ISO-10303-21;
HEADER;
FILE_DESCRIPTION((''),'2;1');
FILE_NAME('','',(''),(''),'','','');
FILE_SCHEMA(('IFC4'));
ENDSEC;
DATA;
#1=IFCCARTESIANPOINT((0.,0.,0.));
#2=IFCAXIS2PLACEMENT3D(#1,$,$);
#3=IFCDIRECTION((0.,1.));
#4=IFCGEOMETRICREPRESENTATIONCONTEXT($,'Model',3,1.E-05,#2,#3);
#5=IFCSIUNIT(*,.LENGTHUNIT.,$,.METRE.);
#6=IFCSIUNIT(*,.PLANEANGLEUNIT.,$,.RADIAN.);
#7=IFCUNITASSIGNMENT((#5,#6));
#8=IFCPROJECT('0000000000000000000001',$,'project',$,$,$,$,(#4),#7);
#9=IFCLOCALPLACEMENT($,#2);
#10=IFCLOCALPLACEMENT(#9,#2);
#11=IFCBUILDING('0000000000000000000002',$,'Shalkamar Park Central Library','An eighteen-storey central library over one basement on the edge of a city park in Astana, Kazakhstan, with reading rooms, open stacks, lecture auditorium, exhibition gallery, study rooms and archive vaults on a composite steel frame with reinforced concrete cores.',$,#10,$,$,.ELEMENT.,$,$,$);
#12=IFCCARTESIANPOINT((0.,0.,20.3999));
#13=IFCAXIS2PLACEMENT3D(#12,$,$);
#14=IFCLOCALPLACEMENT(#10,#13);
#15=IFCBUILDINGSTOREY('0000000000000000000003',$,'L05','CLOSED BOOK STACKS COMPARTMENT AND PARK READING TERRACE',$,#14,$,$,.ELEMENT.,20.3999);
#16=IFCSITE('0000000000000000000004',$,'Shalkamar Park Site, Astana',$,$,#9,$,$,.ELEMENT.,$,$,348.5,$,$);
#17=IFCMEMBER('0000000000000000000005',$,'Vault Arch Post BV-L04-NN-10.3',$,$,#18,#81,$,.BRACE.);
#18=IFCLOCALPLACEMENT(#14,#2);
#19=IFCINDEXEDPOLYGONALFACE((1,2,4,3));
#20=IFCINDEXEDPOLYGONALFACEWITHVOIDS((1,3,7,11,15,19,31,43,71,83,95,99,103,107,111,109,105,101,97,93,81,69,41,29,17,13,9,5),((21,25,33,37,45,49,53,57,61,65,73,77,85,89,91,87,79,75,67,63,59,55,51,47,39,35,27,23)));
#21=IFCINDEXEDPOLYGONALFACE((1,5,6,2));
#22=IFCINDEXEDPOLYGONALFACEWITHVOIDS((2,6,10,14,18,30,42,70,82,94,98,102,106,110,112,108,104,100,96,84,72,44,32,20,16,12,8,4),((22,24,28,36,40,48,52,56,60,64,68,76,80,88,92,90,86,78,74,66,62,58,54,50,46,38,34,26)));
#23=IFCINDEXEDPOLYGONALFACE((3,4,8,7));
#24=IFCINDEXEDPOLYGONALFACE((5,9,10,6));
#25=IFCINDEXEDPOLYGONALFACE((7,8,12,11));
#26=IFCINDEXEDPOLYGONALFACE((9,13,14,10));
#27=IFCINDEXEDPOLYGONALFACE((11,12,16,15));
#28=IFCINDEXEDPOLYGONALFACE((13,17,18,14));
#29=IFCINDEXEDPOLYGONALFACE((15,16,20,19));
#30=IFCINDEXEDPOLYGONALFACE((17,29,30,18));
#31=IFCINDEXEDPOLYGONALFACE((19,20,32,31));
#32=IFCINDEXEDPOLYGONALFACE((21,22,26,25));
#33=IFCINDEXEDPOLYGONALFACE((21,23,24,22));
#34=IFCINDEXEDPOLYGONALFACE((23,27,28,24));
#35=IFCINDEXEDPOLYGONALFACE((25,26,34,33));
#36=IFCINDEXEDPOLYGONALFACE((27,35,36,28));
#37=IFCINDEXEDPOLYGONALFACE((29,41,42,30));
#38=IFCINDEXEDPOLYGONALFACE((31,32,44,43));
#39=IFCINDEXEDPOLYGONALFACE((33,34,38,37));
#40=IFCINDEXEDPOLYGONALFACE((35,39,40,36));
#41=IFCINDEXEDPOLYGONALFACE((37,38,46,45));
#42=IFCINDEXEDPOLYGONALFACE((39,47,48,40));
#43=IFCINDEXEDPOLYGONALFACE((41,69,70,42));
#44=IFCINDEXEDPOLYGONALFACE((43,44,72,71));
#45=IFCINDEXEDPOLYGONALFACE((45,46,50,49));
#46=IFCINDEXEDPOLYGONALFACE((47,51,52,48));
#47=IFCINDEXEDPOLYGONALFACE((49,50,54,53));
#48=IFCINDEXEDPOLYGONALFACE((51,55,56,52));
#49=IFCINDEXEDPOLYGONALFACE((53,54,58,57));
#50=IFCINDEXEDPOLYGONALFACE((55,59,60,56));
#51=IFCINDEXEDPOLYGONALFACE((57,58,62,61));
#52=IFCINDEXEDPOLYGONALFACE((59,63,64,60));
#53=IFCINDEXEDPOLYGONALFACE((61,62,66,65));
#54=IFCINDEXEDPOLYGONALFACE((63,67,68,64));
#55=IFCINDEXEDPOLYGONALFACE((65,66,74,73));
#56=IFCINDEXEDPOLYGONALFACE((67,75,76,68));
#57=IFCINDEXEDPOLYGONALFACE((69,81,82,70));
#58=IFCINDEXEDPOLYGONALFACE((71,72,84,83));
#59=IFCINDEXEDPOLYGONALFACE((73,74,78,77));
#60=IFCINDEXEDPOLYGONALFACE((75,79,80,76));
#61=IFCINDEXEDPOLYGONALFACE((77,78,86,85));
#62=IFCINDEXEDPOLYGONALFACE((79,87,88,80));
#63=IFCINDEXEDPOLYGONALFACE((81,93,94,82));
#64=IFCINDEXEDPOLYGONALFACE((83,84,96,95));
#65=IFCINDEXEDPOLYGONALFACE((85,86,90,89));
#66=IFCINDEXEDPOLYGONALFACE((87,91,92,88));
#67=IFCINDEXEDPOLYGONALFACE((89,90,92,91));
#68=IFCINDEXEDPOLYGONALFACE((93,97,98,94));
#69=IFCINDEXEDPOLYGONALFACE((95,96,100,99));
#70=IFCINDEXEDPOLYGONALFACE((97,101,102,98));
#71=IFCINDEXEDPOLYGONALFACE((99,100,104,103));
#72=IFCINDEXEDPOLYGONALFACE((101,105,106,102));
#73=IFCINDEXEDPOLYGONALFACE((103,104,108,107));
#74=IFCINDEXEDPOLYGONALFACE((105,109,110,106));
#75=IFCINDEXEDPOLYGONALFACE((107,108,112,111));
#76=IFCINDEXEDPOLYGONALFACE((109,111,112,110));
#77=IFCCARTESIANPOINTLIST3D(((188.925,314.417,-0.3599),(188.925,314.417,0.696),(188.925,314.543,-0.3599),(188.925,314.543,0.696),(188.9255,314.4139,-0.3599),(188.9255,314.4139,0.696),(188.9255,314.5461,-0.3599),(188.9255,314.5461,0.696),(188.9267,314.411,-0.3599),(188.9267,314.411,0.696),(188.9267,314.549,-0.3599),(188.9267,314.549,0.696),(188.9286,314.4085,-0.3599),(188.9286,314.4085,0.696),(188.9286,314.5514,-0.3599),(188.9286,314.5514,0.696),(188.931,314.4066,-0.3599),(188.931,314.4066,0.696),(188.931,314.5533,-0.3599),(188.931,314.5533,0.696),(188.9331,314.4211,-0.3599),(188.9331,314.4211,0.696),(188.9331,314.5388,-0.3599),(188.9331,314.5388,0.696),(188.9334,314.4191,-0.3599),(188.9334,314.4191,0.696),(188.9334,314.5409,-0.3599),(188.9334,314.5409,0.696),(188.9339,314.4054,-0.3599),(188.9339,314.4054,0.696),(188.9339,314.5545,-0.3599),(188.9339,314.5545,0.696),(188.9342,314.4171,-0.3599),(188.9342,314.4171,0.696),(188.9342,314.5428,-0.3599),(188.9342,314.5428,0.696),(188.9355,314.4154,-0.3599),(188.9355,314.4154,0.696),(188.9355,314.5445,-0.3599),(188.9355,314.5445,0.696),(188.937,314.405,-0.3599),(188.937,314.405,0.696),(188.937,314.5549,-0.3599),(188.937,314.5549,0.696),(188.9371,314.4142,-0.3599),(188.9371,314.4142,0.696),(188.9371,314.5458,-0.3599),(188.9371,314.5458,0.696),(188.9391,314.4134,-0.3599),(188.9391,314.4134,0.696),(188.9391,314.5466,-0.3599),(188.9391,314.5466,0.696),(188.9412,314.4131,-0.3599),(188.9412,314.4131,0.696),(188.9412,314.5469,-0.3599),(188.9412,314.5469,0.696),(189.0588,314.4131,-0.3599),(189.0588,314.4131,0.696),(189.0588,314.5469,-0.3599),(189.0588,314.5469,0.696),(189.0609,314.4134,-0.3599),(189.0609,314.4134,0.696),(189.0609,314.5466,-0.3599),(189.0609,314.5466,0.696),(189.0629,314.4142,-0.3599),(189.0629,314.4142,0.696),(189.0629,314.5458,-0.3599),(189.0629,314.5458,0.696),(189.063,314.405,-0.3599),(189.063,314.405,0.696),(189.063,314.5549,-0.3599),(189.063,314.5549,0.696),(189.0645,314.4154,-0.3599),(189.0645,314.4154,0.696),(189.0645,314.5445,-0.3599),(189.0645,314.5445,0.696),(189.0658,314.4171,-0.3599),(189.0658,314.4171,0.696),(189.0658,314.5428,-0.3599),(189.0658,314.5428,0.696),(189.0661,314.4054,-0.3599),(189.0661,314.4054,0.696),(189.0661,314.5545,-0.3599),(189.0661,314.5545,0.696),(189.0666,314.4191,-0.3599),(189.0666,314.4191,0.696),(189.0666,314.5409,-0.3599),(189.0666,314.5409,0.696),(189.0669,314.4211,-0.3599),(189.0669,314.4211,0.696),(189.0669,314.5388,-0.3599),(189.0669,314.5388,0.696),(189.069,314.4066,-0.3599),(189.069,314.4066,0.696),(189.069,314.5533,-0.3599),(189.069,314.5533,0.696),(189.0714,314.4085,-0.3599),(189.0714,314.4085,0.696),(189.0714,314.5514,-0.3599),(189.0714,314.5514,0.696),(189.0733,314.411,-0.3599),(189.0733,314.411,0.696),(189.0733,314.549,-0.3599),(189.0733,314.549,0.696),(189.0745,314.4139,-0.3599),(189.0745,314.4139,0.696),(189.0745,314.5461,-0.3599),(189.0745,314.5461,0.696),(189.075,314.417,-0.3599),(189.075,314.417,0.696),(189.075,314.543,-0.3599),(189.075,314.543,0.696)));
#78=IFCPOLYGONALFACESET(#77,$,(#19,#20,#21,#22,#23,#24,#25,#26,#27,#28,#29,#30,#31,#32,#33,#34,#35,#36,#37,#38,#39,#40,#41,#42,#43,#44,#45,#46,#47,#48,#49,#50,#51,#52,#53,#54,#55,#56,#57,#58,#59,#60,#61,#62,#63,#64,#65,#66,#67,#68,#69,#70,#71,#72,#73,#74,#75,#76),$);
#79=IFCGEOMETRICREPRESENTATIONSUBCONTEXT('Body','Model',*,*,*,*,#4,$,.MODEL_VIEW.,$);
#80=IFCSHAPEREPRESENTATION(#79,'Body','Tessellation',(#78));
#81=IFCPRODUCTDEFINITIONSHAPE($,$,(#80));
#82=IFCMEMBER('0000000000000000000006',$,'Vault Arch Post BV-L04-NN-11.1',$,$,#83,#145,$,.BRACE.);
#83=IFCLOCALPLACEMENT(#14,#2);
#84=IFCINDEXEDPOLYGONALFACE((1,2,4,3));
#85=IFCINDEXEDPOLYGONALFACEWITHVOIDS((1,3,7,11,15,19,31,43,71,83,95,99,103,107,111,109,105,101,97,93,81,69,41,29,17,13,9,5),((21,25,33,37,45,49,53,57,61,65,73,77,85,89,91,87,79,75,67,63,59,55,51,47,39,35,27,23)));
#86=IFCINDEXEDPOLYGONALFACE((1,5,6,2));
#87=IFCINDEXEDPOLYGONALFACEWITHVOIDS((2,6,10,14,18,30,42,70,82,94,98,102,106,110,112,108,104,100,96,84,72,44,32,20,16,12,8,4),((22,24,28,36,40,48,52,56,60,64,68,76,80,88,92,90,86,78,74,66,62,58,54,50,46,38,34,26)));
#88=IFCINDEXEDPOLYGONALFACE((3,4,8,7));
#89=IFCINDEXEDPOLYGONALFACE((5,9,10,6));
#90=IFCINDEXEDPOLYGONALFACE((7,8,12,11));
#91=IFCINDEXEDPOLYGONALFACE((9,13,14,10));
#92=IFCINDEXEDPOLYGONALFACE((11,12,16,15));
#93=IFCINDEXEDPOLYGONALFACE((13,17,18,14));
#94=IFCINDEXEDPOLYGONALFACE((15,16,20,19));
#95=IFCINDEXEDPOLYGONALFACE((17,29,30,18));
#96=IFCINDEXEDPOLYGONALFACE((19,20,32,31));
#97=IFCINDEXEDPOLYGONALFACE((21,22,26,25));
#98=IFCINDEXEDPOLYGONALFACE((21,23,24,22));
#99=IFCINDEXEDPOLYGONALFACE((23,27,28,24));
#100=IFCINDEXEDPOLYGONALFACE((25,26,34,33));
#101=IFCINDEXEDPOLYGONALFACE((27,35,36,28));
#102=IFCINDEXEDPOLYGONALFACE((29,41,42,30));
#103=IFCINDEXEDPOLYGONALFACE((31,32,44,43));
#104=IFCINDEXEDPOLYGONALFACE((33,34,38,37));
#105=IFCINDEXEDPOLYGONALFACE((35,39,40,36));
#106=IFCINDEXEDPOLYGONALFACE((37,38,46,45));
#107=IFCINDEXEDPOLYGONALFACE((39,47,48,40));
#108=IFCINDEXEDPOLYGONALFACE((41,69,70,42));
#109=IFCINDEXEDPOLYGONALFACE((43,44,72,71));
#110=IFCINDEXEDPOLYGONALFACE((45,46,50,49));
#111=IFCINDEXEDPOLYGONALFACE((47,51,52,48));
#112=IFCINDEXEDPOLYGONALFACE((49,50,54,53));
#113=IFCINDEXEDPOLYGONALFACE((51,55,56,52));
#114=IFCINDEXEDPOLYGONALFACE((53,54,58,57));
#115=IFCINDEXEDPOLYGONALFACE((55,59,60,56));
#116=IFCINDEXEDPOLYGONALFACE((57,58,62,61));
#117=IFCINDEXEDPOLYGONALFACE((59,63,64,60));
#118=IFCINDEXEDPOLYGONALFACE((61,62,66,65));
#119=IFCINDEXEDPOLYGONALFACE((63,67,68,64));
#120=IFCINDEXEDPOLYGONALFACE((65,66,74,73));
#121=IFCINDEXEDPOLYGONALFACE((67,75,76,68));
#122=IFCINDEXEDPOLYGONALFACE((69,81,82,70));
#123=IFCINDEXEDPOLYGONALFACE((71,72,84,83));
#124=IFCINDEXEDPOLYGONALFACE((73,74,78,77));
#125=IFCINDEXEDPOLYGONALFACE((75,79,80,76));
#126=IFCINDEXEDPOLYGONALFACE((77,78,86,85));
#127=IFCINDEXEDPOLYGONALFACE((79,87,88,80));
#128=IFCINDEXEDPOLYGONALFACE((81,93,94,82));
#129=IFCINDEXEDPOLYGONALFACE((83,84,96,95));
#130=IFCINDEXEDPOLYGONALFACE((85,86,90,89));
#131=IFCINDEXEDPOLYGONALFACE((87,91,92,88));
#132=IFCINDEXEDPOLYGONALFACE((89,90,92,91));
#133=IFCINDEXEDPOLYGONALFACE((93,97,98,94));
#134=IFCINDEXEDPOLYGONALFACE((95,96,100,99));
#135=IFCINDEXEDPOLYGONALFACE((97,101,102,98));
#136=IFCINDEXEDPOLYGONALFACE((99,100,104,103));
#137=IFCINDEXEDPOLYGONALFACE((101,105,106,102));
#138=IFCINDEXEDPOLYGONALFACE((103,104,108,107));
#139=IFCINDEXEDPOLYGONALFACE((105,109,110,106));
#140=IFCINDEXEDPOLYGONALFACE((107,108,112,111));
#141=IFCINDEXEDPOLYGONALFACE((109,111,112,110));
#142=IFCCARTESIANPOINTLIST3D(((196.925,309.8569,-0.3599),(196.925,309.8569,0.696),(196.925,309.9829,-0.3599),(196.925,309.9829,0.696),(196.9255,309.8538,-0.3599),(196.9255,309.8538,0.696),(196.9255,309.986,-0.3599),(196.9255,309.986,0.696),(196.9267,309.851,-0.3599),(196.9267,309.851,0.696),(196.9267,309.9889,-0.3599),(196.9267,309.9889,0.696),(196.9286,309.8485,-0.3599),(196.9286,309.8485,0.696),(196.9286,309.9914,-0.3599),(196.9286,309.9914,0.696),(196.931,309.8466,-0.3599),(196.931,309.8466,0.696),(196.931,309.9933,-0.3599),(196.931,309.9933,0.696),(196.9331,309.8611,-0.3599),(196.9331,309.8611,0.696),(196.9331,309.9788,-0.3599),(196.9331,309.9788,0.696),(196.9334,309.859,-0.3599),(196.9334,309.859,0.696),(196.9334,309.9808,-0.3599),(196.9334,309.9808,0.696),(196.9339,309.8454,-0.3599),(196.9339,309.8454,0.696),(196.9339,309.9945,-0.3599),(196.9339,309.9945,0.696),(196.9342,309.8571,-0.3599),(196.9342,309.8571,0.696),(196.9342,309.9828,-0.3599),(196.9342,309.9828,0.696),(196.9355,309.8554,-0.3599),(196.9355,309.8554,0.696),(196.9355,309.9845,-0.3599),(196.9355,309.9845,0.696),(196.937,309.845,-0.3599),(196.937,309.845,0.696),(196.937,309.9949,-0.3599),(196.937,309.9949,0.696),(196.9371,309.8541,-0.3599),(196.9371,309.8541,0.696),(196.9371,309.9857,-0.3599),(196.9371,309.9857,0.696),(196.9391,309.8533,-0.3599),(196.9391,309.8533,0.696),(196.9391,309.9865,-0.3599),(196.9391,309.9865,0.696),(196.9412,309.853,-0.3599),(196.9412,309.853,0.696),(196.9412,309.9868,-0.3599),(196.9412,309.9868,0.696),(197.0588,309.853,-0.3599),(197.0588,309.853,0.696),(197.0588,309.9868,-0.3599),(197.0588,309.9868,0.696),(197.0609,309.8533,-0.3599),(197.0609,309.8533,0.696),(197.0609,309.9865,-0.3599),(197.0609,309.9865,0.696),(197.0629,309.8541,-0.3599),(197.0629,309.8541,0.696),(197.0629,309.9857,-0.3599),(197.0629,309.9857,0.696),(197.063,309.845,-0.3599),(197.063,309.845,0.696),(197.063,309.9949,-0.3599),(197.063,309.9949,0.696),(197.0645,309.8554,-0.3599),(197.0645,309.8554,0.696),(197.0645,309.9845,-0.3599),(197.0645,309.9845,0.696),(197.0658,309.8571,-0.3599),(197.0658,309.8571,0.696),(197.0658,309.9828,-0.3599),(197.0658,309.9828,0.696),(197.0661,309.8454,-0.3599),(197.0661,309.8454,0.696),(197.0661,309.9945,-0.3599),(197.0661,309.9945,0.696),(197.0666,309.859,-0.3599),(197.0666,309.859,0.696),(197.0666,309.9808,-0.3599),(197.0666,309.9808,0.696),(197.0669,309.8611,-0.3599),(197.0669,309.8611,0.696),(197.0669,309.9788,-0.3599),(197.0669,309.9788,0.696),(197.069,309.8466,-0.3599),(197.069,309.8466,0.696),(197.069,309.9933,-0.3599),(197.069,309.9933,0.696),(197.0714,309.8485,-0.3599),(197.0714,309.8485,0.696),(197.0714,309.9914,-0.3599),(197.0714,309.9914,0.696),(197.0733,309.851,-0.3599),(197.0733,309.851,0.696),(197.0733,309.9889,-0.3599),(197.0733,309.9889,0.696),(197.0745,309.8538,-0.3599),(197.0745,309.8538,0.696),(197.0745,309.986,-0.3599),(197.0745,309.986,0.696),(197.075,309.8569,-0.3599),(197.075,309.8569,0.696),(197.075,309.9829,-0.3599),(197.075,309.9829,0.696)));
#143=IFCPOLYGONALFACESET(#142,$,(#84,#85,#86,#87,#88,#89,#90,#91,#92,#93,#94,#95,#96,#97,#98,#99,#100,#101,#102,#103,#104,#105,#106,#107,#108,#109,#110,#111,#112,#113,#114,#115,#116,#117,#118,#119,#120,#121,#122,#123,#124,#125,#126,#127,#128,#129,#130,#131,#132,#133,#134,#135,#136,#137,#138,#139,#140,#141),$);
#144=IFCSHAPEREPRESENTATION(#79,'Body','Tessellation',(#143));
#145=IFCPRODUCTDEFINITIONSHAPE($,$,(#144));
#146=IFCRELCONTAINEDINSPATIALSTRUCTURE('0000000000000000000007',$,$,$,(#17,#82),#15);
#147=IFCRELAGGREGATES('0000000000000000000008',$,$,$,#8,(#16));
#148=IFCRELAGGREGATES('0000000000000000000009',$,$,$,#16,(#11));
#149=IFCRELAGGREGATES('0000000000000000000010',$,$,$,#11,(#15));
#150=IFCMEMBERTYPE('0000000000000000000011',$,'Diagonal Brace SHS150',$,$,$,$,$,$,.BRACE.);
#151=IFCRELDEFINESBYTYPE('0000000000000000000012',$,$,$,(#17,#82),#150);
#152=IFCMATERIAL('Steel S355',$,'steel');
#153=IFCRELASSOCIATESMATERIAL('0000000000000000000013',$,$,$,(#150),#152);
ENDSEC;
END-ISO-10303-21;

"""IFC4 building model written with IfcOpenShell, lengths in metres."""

from ifc_helpers import new_model, si_unit, direction, frame, origin, origin_2d, place, context, subcontext, project, spatial, hollow_rectangle, extrude, material, material_profile, profile_set, type_object, element, save


model = new_model("IFC4")

# Units and contexts
model_context = context("Model", 3, precision=1e-05, world=origin(), true_north=direction((0.0, 1.0)))
body_context = subcontext(model_context, "Body", "Model", "MODEL_VIEW")
ifc_project = project(units=[si_unit("LENGTHUNIT", "METRE"), si_unit("PLANEANGLEUNIT", "RADIAN")], contexts=[model_context])

# Site, building, storey
site_placement = place(None, origin())
site = spatial("IfcSite", under=ifc_project, at=site_placement, Name="Shalkamar Park Site, Astana", CompositionType="ELEMENT", RefElevation=348.5)
building_placement = place(site_placement, origin())
building = spatial("IfcBuilding", under=site, at=building_placement, Name="Shalkamar Park Central Library", Description="An eighteen-storey central library over one basement on the edge of a city park in Astana, Kazakhstan, with reading rooms, open stacks, lecture auditorium, exhibition gallery, study rooms and archive vaults on a composite steel frame with reinforced concrete cores.", CompositionType="ELEMENT")
storey_placement = place(building_placement, frame((0.0, 0.0, 20.3999)))
storey = spatial("IfcBuildingStorey", under=building, at=storey_placement, Name="L05", Description="CLOSED BOOK STACKS COMPARTMENT AND PARK READING TERRACE", CompositionType="ELEMENT", Elevation=20.3999)

# Shared definitions
ifc_material_1 = material(Name="Steel S355", Category="steel")

# Members
ifc_material_profile_1 = material_profile(ifc_material_1, hollow_rectangle(XDim=0.1499, YDim=0.1499, WallThickness=0.0081, InnerFilletRadius=0.0081, OuterFilletRadius=0.012, at=origin_2d()), Name="SHS 150x150x8")
ifc_profile_set_1 = profile_set([ifc_material_profile_1], Name="Steel S355")
member_type_1 = type_object("IfcMemberType", Name="Diagonal Brace SHS150", PredefinedType="BRACE", material=ifc_profile_set_1)
for number, where, z_axis, x_axis, name in (
    (1, (189.0, 314.48, -0.3599), (0.0, 0.0, 1.0), (1.0, 0.0, 0.0), "Vault Arch Post BV-L04-NN-10.3"),
    (2, (197.0, 309.9199, -0.3599), (0.0, 0.0, 1.0), (1.0, 0.0, 0.0), "Vault Arch Post BV-L04-NN-11.1"),
):
    element("IfcMember", number, at=place(storey_placement, frame(where, z_axis=z_axis, x_axis=x_axis)), inside=storey, type_object=member_type_1, Name=name, PredefinedType="BRACE", context=body_context, shape_type="SweptSolid", body=[
        extrude(hollow_rectangle(XDim=0.1499, YDim=0.1499, WallThickness=0.0081, InnerFilletRadius=0.0081, OuterFilletRadius=0.012, at=origin_2d()), origin(), (0.0, 0.0, 1.0), 1.0559),
    ])

save(model, "model.ifc")
